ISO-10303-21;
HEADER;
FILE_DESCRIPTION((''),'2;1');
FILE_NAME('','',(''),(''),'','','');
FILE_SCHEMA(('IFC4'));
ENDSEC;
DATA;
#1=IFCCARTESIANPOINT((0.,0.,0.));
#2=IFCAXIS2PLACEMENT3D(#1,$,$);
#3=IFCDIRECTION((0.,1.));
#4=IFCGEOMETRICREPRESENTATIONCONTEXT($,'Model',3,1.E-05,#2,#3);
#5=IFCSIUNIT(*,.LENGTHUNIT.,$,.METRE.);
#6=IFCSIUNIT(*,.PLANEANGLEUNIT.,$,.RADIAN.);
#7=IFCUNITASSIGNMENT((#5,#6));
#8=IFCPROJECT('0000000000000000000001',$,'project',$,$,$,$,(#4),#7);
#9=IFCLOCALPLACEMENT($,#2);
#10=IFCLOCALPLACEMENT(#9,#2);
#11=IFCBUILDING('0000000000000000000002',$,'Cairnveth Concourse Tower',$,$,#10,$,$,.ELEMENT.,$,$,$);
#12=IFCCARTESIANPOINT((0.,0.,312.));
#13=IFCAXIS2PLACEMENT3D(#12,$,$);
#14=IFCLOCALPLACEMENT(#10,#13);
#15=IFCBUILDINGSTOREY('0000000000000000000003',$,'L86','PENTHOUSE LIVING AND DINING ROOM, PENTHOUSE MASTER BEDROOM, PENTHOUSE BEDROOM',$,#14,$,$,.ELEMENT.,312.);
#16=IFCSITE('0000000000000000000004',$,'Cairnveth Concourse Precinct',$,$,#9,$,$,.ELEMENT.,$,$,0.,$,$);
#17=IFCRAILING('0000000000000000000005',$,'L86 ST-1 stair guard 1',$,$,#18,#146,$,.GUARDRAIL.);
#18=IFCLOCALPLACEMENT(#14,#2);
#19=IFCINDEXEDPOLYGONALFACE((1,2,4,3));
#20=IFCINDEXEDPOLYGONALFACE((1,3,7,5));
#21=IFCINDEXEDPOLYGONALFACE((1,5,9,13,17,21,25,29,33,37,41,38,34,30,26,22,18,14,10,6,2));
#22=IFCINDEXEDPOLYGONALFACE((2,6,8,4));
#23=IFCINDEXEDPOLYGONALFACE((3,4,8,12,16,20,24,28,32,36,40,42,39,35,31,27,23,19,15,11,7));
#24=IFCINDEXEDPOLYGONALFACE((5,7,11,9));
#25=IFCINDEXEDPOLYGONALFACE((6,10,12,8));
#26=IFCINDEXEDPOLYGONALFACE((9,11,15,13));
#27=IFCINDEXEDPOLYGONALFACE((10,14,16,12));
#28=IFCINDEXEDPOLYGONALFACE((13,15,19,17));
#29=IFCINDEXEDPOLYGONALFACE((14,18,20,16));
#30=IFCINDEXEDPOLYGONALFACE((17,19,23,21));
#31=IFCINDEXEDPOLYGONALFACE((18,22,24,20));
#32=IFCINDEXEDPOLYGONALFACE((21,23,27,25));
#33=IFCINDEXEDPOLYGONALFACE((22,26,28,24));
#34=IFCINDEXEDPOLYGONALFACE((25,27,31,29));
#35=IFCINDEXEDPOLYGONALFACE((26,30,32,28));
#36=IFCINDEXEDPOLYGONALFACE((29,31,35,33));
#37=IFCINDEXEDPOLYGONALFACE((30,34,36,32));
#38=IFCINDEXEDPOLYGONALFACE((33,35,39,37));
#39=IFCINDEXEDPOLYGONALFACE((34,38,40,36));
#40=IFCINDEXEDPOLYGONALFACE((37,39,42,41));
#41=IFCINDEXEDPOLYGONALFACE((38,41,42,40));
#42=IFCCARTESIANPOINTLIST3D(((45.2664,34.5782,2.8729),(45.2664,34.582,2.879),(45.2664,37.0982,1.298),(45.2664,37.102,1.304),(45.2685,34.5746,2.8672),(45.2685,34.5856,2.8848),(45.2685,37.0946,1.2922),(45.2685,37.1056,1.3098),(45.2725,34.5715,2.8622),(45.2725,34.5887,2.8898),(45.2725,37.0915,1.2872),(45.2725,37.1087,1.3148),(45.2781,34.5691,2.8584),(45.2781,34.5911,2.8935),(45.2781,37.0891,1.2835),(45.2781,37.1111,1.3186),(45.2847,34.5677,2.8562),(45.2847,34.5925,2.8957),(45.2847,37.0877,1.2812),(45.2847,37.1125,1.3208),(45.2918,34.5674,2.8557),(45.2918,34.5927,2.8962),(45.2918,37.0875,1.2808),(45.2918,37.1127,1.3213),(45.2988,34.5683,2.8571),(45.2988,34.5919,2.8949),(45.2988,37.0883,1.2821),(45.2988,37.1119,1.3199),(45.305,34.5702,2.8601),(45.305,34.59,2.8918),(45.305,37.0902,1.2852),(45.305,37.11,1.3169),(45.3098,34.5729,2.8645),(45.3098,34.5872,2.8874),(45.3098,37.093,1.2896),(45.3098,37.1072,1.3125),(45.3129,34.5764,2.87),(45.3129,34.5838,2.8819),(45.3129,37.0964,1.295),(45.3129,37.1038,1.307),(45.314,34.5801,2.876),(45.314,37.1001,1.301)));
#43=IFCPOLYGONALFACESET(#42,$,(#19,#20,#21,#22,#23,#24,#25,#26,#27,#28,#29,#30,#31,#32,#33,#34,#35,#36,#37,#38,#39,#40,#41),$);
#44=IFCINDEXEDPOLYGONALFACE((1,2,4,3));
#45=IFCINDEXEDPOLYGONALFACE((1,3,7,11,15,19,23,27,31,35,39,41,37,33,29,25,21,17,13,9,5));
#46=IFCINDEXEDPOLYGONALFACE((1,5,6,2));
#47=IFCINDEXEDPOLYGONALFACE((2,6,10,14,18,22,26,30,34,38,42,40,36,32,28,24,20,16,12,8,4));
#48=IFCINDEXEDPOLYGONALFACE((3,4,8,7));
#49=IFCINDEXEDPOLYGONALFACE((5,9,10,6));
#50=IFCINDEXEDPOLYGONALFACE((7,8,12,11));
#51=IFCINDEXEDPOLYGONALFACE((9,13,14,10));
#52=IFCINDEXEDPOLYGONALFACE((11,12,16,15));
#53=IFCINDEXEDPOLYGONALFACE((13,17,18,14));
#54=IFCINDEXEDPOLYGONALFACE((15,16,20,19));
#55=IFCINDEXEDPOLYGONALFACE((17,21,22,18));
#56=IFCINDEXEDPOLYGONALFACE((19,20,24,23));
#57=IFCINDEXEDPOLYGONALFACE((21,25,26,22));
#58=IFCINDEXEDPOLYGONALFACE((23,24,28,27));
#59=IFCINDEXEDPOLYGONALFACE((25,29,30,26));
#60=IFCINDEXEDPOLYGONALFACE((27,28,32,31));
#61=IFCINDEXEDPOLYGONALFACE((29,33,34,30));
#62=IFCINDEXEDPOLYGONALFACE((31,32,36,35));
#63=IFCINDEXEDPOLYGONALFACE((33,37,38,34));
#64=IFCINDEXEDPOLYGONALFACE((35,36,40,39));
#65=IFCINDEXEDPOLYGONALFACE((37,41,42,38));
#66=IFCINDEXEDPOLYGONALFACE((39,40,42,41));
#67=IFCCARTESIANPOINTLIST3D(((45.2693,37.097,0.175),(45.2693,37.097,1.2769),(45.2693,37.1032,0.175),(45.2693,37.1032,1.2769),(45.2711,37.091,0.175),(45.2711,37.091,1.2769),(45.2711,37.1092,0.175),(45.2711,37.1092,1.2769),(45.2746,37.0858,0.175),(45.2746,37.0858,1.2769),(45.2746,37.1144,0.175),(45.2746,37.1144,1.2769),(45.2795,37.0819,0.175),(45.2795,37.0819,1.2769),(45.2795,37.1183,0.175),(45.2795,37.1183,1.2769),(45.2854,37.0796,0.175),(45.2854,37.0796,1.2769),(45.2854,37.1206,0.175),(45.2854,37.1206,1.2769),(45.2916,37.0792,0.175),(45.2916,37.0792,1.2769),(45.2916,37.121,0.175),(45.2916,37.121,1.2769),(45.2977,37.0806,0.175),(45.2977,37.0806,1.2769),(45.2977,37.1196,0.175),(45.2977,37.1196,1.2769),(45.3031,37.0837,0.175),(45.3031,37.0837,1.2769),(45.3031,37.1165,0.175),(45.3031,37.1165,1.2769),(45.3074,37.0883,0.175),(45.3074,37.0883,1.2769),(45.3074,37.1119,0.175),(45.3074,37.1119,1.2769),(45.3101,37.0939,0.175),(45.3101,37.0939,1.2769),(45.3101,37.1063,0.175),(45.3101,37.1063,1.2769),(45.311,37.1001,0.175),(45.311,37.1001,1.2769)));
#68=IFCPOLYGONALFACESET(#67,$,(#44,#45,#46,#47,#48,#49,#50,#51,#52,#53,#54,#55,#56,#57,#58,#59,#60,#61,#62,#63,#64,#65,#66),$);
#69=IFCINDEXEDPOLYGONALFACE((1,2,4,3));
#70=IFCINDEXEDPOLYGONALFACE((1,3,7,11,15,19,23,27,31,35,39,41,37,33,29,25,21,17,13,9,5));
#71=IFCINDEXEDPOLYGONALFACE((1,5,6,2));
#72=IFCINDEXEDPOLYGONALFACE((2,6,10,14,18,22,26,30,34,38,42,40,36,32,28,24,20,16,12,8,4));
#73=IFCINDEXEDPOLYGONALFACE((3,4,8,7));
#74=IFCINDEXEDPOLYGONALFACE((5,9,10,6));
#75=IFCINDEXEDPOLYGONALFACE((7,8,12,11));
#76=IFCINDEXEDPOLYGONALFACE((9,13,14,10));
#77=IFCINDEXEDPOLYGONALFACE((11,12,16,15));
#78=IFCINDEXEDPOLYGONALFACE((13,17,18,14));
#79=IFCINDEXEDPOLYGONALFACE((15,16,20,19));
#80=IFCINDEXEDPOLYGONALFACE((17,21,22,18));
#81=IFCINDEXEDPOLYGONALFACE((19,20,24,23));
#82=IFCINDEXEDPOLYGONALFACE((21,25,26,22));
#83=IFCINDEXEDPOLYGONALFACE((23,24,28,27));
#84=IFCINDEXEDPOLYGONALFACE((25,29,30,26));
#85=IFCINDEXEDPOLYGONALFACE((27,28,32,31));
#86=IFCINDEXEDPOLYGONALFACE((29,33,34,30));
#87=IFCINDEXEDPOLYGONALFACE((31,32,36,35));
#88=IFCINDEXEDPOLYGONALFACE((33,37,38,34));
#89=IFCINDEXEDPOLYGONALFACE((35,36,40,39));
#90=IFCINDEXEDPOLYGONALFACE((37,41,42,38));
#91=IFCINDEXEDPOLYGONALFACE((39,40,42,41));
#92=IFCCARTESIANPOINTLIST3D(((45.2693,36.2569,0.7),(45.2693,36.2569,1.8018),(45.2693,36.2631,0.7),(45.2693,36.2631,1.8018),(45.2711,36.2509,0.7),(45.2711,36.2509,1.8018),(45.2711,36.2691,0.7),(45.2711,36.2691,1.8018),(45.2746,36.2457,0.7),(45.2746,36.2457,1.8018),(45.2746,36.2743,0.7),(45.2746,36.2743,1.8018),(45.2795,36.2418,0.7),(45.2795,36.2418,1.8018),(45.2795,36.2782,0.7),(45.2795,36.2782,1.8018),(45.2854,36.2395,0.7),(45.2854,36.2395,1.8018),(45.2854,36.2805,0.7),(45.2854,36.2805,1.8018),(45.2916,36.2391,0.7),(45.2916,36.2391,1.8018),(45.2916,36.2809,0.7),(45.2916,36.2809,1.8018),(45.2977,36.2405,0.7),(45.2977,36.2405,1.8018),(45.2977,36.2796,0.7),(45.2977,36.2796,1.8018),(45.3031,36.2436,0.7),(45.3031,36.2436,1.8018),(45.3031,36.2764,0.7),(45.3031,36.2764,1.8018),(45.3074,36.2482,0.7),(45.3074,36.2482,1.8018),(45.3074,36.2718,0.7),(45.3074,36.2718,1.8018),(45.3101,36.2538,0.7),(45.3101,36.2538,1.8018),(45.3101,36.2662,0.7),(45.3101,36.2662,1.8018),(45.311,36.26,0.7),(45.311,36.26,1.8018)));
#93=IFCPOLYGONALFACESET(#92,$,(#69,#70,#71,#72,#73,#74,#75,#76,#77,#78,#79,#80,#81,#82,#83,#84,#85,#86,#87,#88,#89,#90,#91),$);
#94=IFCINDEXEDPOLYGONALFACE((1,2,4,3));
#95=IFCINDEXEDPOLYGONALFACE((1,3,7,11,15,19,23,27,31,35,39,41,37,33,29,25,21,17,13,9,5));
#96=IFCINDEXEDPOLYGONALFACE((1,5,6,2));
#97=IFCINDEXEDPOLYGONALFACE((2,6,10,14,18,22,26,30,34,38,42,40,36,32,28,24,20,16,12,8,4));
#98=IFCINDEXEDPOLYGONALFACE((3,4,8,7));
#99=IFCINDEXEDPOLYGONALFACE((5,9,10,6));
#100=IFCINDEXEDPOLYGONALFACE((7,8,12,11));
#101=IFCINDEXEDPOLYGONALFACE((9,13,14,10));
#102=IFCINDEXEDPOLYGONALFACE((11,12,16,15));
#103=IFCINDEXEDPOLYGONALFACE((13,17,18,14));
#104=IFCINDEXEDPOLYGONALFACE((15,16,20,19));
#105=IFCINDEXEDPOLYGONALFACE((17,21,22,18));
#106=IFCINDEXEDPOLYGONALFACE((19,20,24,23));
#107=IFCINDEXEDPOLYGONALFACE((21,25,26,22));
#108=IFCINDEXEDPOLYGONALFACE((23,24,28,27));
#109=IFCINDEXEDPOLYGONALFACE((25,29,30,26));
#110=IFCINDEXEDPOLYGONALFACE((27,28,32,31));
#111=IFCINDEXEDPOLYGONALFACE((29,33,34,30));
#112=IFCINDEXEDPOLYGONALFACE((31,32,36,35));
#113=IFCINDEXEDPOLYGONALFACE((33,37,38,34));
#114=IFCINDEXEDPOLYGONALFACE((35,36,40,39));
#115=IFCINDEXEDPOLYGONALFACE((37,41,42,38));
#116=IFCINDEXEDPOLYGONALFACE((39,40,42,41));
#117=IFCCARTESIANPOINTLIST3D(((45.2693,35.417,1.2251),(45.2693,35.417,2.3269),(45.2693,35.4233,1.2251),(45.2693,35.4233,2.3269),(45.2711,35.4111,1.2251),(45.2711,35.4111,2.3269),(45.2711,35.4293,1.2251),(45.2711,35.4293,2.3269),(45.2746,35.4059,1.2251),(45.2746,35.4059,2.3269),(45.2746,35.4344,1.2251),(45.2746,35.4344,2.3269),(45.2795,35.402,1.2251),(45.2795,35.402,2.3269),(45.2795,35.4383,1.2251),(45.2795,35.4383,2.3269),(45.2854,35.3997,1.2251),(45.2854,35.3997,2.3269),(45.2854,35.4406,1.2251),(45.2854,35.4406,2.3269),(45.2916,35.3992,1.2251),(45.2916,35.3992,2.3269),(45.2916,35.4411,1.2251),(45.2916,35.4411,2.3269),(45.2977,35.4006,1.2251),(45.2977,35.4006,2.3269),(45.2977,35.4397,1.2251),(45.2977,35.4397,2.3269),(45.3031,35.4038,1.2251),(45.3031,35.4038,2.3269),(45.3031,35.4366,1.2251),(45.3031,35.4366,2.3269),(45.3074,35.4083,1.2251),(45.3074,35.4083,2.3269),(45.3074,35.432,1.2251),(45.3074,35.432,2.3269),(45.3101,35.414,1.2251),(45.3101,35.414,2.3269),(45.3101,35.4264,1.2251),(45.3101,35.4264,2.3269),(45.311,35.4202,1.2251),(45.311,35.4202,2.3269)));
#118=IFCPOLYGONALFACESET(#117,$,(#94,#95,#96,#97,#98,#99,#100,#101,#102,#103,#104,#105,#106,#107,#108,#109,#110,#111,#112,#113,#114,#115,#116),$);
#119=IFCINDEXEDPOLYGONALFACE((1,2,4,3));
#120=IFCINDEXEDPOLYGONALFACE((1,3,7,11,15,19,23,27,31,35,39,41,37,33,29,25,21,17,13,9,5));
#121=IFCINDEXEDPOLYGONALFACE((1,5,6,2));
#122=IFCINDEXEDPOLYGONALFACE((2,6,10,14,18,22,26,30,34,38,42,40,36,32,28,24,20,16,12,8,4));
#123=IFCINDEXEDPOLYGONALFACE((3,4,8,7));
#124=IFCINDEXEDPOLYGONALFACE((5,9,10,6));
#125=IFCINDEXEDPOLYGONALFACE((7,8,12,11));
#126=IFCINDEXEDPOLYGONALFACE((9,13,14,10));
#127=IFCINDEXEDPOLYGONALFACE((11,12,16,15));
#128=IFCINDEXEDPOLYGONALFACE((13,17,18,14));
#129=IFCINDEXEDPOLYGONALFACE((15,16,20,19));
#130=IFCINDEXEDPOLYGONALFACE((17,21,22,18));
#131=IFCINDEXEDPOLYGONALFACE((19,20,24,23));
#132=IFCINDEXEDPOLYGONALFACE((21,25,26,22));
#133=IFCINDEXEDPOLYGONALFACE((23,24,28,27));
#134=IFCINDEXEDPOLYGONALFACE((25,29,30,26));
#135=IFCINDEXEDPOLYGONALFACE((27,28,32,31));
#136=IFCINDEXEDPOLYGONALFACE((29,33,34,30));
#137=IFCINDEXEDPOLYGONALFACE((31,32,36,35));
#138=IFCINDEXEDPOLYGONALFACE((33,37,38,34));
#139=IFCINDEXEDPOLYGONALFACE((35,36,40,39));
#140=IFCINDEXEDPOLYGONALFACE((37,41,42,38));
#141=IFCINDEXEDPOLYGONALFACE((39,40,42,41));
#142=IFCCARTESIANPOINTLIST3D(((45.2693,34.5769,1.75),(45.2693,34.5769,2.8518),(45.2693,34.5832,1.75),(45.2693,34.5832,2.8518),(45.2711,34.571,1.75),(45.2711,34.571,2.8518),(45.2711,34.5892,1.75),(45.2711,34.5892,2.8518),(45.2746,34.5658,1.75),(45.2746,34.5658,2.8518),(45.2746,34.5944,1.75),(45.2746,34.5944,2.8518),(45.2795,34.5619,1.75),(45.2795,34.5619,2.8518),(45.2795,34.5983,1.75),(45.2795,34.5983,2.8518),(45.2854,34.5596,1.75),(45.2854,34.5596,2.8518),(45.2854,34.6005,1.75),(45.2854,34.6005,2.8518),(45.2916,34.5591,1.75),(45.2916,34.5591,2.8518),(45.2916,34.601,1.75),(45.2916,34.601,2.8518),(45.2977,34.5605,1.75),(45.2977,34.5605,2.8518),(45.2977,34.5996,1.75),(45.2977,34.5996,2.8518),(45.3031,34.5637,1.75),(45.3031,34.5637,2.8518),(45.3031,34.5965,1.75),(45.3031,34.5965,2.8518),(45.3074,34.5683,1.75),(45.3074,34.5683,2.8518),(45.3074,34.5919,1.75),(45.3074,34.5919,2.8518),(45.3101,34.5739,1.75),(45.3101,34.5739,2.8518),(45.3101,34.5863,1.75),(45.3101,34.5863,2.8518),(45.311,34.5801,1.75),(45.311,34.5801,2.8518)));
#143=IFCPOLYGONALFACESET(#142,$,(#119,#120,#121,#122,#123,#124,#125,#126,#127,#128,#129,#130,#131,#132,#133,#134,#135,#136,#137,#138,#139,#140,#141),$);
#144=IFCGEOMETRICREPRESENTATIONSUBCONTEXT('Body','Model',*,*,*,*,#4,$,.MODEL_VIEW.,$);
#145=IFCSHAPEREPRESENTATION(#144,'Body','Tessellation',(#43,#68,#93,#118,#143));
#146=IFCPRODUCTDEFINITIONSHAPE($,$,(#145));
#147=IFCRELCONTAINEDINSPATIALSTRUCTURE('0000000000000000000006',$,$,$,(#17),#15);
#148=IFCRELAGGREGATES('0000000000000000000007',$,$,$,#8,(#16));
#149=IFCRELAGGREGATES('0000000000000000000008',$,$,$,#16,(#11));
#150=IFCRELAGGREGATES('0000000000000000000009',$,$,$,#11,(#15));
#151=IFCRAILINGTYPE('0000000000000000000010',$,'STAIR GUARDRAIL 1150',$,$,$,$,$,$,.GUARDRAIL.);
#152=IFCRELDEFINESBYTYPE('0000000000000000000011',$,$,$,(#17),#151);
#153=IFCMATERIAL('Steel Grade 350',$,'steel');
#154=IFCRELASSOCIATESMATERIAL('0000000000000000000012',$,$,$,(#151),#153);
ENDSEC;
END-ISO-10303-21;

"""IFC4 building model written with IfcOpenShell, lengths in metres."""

from ifc_helpers import new_model, si_unit, direction, frame, origin, origin_2d, place, context, subcontext, project, spatial, circle, extrude, material, type_object, element, save


model = new_model("IFC4")

# Units and contexts
model_context = context("Model", 3, precision=1e-05, world=origin(), true_north=direction((0.0, 1.0)))
body_context = subcontext(model_context, "Body", "Model", "MODEL_VIEW")
ifc_project = project(units=[si_unit("LENGTHUNIT", "METRE"), si_unit("PLANEANGLEUNIT", "RADIAN")], contexts=[model_context])

# Site, building, storey
site_placement = place(None, origin())
site = spatial("IfcSite", under=ifc_project, at=site_placement, Name="Cairnveth Concourse Precinct", CompositionType="ELEMENT", RefElevation=0.0)
building_placement = place(site_placement, origin())
building = spatial("IfcBuilding", under=site, at=building_placement, Name="Cairnveth Concourse Tower", CompositionType="ELEMENT")
storey_placement = place(building_placement, frame((0.0, 0.0, 312.0)))
storey = spatial("IfcBuildingStorey", under=building, at=storey_placement, Name="L86", Description="PENTHOUSE LIVING AND DINING ROOM, PENTHOUSE MASTER BEDROOM, PENTHOUSE BEDROOM", CompositionType="ELEMENT", Elevation=312.0)

# Shared definitions
ifc_material_1 = material(Name="Steel Grade 350", Category="steel")

# Railing
railing_type = type_object("IfcRailingType", Name="STAIR GUARDRAIL 1150", PredefinedType="GUARDRAIL", material=ifc_material_1)
railing_1_placement = place(storey_placement, frame((45.29, 37.1001, 0.175)))
element("IfcRailing", 1, at=railing_1_placement, inside=storey, type_object=railing_type, Name="L86 ST-1 stair guard 1", PredefinedType="GUARDRAIL", context=body_context, shape_type="SweptSolid", body=[
    extrude(circle(Radius=0.0239, at=origin_2d()), frame((0.0, 0.0, 1.126), z_axis=(0.0, -0.848008, 0.529984), x_axis=(1.0, 0.0, 0.0)), (0.0, 0.0, 1.0), 2.9717),
    extrude(circle(Radius=0.021, at=origin_2d()), origin(), (0.0, 0.0, 1.0), 1.1018),
    extrude(circle(Radius=0.021, at=origin_2d()), frame((0.0, -0.8401, 0.5249)), (0.0, 0.0, 1.0), 1.1018),
    extrude(circle(Radius=0.021, at=origin_2d()), frame((0.0, -1.6799, 1.05)), (0.0, 0.0, 1.0), 1.1018),
    extrude(circle(Radius=0.021, at=origin_2d()), frame((0.0, -2.52, 1.575)), (0.0, 0.0, 1.0), 1.1018),
])

save(model, "model.ifc")
